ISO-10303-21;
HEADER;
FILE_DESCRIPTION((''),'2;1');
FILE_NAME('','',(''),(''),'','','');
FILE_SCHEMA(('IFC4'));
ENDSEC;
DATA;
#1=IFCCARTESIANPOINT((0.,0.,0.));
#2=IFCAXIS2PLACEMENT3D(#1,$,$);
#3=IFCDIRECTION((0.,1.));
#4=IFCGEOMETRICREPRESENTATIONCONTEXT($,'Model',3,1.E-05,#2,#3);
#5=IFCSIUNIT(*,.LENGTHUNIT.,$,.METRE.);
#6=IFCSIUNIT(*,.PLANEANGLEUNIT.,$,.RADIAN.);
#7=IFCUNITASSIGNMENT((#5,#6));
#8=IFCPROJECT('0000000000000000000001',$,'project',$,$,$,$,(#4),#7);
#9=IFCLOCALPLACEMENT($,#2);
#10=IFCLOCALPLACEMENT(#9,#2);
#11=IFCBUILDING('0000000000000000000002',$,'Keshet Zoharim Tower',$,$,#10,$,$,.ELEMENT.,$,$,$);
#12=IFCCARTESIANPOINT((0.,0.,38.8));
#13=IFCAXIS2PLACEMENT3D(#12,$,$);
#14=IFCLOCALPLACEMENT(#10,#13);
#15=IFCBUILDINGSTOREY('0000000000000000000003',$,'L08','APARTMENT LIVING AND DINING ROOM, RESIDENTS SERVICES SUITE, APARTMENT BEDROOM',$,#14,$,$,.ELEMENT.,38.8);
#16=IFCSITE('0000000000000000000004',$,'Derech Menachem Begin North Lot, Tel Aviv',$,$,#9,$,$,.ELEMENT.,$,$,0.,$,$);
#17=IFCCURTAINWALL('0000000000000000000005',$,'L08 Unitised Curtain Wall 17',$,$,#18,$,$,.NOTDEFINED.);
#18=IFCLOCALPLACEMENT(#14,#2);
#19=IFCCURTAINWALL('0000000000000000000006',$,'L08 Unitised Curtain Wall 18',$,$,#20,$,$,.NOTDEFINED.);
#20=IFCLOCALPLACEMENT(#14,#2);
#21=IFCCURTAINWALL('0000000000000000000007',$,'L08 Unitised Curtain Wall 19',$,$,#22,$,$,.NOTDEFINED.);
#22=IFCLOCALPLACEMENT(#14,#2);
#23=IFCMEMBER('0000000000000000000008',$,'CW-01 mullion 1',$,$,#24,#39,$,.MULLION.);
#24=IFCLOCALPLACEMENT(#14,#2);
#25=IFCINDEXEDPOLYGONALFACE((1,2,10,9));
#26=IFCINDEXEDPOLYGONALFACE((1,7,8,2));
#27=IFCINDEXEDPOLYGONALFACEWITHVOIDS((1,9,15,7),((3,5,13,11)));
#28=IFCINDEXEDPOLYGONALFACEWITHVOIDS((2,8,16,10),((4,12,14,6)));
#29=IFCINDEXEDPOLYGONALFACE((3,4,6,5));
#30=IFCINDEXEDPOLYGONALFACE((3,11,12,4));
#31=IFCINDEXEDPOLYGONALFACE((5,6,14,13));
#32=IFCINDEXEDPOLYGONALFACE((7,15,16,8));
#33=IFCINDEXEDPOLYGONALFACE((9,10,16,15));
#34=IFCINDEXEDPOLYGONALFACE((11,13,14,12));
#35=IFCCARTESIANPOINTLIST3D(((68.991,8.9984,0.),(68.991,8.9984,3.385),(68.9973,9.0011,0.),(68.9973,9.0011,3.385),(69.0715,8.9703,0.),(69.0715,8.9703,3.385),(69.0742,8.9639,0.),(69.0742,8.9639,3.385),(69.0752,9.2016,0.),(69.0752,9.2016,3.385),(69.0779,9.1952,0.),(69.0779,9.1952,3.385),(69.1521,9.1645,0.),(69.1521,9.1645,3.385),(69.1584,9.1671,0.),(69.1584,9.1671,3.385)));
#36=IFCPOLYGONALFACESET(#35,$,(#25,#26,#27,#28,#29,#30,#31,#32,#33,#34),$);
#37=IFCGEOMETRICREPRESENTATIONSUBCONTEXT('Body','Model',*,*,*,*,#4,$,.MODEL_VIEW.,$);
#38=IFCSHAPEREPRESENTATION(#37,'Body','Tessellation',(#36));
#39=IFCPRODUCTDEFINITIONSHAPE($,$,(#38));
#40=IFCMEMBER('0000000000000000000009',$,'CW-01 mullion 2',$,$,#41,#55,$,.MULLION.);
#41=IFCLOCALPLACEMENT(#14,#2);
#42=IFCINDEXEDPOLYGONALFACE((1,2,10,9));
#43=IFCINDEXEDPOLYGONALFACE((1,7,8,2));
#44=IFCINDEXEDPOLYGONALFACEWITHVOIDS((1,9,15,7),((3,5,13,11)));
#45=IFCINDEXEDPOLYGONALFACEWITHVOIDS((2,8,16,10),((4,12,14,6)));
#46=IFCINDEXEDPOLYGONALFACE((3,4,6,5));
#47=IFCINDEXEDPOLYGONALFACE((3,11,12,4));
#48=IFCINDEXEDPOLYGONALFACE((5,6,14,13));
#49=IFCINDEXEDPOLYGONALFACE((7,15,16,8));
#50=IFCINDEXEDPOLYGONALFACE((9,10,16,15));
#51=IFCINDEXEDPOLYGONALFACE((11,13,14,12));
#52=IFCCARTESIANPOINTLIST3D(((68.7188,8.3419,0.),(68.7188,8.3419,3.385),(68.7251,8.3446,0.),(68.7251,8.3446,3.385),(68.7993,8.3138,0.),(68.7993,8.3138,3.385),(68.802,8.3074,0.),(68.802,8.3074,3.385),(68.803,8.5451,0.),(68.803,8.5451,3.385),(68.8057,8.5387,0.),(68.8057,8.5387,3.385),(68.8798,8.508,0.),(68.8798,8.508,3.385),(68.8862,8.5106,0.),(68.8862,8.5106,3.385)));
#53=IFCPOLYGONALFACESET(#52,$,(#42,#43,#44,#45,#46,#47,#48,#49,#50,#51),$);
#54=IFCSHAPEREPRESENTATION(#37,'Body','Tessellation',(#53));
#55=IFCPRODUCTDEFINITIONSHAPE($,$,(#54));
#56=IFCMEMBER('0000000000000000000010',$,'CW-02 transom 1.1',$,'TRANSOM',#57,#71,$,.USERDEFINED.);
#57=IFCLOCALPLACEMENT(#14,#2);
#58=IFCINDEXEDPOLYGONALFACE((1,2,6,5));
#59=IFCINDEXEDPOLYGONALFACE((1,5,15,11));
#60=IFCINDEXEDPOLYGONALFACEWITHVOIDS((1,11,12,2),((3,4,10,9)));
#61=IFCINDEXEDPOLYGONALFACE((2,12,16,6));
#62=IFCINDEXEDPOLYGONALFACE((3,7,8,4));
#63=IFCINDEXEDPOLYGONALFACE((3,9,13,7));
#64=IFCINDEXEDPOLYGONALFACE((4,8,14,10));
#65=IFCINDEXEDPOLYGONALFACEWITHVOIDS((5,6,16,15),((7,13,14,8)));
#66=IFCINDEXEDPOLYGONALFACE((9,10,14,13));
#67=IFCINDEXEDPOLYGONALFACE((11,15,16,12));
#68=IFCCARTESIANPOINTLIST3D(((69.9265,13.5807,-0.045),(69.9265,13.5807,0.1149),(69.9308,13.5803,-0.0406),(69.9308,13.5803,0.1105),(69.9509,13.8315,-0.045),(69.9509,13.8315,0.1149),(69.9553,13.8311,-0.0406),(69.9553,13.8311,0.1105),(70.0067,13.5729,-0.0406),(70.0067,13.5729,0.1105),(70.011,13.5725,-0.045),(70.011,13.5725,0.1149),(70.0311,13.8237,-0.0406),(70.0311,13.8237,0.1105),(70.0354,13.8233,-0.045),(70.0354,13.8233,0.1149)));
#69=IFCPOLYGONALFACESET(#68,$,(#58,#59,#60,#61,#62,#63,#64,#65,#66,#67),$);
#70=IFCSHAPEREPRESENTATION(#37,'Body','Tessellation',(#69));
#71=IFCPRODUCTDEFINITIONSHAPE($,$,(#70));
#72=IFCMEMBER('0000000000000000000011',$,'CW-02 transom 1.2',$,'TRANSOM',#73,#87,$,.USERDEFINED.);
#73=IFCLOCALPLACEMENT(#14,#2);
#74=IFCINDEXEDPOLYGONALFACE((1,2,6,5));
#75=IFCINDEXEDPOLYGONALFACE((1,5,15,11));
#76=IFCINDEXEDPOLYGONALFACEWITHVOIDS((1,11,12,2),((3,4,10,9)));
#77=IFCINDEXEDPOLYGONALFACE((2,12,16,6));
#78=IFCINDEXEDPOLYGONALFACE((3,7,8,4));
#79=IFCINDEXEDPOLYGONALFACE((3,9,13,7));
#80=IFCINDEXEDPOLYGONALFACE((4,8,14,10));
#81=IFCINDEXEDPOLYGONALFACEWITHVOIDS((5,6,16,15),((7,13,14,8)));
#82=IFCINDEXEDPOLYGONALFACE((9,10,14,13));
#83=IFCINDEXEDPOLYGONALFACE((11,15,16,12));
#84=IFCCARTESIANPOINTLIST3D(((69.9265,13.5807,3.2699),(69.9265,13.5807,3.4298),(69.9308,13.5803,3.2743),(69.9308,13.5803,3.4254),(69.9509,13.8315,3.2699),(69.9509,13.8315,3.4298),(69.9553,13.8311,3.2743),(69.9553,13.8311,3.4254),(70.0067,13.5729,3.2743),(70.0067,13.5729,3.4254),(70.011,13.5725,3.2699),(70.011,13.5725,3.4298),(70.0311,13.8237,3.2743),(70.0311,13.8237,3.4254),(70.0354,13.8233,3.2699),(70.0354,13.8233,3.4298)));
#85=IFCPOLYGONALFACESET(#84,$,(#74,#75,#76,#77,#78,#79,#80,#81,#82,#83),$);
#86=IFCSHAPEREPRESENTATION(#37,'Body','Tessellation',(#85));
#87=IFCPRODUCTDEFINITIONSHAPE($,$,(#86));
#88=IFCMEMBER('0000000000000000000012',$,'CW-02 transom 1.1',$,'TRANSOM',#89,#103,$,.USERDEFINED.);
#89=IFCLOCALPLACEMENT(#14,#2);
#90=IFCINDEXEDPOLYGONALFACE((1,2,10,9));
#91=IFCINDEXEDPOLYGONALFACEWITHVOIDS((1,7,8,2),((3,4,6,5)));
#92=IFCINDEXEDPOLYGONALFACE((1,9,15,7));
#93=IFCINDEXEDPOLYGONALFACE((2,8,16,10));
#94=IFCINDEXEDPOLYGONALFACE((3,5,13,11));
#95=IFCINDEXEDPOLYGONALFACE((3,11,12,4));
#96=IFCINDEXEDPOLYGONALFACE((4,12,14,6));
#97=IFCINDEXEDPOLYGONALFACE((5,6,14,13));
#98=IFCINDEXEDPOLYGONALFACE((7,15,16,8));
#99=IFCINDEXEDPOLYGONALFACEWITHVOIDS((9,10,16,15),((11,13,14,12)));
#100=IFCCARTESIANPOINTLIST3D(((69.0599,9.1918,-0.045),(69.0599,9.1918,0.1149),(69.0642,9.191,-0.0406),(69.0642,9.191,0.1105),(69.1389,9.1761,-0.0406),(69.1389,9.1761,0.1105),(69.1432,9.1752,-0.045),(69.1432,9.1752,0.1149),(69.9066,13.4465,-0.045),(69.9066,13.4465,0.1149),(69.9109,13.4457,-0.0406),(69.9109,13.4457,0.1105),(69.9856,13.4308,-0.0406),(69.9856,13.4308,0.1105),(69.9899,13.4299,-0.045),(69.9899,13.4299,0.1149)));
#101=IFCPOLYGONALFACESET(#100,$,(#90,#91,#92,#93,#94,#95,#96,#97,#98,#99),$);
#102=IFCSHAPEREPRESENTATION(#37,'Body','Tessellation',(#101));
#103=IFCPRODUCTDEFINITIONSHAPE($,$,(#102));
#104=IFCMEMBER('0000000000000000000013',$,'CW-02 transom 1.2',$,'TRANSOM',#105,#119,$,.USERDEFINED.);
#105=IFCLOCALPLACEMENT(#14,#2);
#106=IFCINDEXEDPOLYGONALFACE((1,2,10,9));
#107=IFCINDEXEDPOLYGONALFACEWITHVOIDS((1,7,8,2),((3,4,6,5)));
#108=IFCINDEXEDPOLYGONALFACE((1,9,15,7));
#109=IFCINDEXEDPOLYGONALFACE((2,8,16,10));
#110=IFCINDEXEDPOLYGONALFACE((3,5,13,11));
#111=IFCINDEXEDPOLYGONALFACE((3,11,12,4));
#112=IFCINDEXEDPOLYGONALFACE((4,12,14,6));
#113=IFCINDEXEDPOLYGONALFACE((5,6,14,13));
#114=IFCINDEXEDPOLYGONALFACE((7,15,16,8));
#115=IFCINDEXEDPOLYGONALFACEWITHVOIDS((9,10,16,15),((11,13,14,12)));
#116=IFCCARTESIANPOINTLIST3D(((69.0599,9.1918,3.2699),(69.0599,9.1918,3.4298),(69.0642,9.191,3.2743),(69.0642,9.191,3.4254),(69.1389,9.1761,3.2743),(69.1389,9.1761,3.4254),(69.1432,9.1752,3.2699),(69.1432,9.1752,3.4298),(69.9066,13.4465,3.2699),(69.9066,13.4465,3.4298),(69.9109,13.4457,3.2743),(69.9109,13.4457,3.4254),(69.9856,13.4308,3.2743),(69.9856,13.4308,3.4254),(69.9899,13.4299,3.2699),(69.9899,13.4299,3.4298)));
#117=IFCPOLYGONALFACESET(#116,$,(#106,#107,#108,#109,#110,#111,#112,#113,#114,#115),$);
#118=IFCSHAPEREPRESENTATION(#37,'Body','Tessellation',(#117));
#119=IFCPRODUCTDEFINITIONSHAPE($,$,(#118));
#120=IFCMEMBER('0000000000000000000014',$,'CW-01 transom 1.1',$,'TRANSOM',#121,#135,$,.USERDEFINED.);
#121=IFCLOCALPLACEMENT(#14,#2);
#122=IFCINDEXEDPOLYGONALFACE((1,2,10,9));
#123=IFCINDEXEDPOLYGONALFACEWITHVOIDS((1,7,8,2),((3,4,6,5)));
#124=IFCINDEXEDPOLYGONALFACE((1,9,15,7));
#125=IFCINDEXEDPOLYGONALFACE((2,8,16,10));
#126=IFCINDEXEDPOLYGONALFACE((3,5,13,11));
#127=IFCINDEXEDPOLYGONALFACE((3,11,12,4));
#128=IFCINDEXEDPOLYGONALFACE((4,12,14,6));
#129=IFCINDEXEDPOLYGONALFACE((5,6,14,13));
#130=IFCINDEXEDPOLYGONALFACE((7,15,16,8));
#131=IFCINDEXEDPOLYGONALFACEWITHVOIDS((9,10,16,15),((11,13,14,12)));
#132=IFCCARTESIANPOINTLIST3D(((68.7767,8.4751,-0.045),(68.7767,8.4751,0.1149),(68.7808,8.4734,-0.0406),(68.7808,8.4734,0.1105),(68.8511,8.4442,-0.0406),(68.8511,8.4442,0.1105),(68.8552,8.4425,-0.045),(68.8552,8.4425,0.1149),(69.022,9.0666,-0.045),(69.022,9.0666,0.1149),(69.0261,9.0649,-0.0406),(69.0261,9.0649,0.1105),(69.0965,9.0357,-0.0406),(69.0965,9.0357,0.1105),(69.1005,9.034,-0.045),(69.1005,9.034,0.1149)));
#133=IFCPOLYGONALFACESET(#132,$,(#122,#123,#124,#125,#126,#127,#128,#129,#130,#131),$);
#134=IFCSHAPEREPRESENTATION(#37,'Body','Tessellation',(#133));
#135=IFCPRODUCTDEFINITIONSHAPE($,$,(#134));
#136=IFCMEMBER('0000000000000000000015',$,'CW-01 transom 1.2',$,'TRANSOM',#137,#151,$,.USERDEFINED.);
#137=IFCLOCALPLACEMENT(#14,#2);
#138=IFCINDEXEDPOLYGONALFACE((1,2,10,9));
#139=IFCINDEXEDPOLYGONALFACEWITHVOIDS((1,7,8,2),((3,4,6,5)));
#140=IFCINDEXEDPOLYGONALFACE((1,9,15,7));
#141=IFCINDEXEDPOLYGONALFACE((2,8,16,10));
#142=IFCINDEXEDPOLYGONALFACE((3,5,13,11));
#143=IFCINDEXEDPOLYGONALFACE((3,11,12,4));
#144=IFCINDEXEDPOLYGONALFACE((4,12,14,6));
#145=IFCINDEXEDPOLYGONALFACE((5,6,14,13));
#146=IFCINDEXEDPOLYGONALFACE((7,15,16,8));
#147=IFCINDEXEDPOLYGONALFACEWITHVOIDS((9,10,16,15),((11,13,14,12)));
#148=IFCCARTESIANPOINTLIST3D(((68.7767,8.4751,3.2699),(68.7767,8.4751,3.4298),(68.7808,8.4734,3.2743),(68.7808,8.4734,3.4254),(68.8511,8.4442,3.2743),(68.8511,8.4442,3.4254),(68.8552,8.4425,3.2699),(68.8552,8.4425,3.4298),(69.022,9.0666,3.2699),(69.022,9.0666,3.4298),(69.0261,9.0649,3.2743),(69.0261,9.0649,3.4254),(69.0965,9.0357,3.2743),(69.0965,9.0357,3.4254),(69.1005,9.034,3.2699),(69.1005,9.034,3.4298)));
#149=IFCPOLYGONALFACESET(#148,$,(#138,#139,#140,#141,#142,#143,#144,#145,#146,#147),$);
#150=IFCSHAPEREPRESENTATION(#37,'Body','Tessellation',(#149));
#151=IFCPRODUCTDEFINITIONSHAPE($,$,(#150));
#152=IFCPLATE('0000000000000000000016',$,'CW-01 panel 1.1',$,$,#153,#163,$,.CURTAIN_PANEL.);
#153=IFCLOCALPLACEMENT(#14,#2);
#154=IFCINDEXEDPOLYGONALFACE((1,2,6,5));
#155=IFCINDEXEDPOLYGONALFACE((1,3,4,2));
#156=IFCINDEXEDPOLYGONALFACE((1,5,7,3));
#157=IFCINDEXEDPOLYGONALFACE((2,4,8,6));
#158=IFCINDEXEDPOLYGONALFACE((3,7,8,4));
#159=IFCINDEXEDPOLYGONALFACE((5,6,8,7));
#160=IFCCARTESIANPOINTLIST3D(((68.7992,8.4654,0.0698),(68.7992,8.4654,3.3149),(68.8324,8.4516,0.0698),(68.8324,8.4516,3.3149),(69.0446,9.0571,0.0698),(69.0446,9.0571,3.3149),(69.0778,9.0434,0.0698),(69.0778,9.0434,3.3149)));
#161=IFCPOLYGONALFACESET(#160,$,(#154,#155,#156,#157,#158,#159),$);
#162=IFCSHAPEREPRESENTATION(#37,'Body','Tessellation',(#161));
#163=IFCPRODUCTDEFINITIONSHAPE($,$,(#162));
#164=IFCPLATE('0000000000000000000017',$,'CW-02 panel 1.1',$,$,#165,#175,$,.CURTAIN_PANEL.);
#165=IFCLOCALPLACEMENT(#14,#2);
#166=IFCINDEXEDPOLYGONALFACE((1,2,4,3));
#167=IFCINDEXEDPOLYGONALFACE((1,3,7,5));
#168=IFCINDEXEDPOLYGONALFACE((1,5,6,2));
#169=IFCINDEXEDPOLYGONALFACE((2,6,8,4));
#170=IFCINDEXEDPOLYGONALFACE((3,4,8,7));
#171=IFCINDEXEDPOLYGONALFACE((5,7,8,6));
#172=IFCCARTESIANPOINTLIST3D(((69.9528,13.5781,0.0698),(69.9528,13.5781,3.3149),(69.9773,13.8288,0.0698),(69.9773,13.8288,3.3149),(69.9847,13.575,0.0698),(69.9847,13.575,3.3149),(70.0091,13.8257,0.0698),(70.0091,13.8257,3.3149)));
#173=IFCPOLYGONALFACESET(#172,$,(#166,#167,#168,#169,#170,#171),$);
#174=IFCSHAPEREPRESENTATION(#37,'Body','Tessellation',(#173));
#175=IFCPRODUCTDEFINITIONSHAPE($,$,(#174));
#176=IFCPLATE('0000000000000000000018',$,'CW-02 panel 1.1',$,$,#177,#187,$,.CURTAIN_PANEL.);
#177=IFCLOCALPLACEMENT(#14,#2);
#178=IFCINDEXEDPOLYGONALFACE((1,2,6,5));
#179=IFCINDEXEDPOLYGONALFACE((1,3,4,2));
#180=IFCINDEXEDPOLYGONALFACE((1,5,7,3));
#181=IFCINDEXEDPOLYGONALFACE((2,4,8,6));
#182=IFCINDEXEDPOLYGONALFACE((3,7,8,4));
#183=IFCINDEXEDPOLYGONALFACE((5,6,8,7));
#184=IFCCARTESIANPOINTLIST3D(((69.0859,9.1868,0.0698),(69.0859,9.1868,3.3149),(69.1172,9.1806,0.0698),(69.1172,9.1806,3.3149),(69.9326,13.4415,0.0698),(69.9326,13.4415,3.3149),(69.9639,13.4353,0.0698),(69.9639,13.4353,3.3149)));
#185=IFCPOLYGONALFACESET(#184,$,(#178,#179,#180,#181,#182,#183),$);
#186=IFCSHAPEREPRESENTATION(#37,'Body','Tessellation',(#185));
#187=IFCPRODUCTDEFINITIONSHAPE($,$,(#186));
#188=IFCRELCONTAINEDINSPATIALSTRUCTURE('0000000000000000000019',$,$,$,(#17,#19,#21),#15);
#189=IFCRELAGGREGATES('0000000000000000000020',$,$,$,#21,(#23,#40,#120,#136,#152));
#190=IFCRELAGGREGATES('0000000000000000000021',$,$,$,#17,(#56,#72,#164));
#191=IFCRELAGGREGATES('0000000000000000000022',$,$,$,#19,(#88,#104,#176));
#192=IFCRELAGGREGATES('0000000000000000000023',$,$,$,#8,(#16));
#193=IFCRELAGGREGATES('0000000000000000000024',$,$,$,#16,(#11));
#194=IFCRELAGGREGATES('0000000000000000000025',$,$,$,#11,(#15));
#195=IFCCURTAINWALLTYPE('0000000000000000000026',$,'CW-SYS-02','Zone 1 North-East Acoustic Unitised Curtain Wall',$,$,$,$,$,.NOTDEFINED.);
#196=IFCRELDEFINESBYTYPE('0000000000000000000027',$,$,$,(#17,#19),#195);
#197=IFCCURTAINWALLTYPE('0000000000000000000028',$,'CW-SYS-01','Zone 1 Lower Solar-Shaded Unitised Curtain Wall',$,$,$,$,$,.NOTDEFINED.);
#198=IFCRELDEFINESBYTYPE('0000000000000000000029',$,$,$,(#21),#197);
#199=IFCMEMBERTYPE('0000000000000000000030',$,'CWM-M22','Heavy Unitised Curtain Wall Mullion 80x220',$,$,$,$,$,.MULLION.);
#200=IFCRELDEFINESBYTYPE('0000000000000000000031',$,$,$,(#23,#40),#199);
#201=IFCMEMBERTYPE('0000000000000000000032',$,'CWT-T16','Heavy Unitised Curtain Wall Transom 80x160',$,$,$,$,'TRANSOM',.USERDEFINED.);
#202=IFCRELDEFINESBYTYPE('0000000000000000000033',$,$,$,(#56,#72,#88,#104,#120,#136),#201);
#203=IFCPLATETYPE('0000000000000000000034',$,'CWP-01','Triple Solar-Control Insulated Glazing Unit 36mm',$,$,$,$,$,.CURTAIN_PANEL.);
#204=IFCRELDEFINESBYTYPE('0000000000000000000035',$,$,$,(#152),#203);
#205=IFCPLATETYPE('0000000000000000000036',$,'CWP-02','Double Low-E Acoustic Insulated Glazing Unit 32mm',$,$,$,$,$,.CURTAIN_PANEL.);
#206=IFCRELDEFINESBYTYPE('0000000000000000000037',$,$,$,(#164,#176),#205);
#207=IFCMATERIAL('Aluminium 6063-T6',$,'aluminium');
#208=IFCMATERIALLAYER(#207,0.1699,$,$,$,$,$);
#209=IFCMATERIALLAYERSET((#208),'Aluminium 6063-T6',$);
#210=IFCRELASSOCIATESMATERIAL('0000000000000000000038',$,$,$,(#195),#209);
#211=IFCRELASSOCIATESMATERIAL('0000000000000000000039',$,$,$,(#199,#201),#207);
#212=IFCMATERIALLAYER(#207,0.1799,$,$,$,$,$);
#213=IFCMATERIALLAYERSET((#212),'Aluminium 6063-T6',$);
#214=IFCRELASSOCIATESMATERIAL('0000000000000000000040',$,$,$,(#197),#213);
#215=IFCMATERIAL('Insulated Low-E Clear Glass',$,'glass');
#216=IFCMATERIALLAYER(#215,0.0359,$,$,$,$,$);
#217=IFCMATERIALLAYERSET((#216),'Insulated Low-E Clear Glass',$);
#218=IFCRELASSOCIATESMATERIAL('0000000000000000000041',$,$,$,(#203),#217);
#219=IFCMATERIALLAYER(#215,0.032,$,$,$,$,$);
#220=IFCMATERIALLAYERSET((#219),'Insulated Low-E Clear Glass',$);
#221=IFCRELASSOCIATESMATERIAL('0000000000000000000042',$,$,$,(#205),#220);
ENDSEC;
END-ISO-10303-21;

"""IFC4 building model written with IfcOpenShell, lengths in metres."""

from ifc_helpers import new_model, si_unit, direction, frame, origin, origin_2d, place, context, subcontext, project, spatial, rectangle, hollow_rectangle, extrude, material, layer, layer_set, material_profile, profile_set, type_object, element, aggregate, save


model = new_model("IFC4")

# Units and contexts
model_context = context("Model", 3, precision=1e-05, world=origin(), true_north=direction((0.0, 1.0)))
body_context = subcontext(model_context, "Body", "Model", "MODEL_VIEW")
ifc_project = project(units=[si_unit("LENGTHUNIT", "METRE"), si_unit("PLANEANGLEUNIT", "RADIAN")], contexts=[model_context])

# Site, building, storey
site_placement = place(None, origin())
site = spatial("IfcSite", under=ifc_project, at=site_placement, Name="Derech Menachem Begin North Lot, Tel Aviv", CompositionType="ELEMENT", RefElevation=0.0)
building_placement = place(site_placement, origin())
building = spatial("IfcBuilding", under=site, at=building_placement, Name="Keshet Zoharim Tower", CompositionType="ELEMENT")
storey_placement = place(building_placement, frame((0.0, 0.0, 38.8)))
storey = spatial("IfcBuildingStorey", under=building, at=storey_placement, Name="L08", Description="APARTMENT LIVING AND DINING ROOM, RESIDENTS SERVICES SUITE, APARTMENT BEDROOM", CompositionType="ELEMENT", Elevation=38.8)

# Shared definitions
ifc_material_1 = material(Name="Aluminium 6063-T6", Category="aluminium")
ifc_layer_1 = layer(ifc_material_1, 0.1699)
ifc_layer_set_1 = layer_set([ifc_layer_1], Name="Aluminium 6063-T6")
curtain_wall_type_1 = type_object("IfcCurtainWallType", Name="CW-SYS-02", Description="Zone 1 North-East Acoustic Unitised Curtain Wall", PredefinedType="NOTDEFINED", material=ifc_layer_set_1)
ifc_material_profile_1 = material_profile(ifc_material_1, hollow_rectangle(XDim=0.0901, YDim=0.22, WallThickness=0.0049, at=origin_2d()), Name="MUL-90x220")
ifc_profile_set_1 = profile_set([ifc_material_profile_1], Name="Aluminium 6063-T6")
member_type_1 = type_object("IfcMemberType", Name="CWM-M22", Description="Heavy Unitised Curtain Wall Mullion 80x220", PredefinedType="MULLION", material=ifc_profile_set_1)

# Curtain walls, members
curtain_wall_1_placement = place(storey_placement, origin())
curtain_wall_1 = element("IfcCurtainWall", 1, at=curtain_wall_1_placement, inside=storey, type_object=curtain_wall_type_1, Name="L08 Unitised Curtain Wall 17", PredefinedType="NOTDEFINED")
curtain_wall_2_placement = place(storey_placement, origin())
curtain_wall_2 = element("IfcCurtainWall", 2, at=curtain_wall_2_placement, inside=storey, type_object=curtain_wall_type_1, Name="L08 Unitised Curtain Wall 18", PredefinedType="NOTDEFINED")
ifc_layer_2 = layer(ifc_material_1, 0.1799)
ifc_layer_set_2 = layer_set([ifc_layer_2], Name="Aluminium 6063-T6")
curtain_wall_type_2 = type_object("IfcCurtainWallType", Name="CW-SYS-01", Description="Zone 1 Lower Solar-Shaded Unitised Curtain Wall", PredefinedType="NOTDEFINED", material=ifc_layer_set_2)
curtain_wall_3_placement = place(storey_placement, origin())
curtain_wall_3 = element("IfcCurtainWall", 3, at=curtain_wall_3_placement, inside=storey, type_object=curtain_wall_type_2, Name="L08 Unitised Curtain Wall 19", PredefinedType="NOTDEFINED")
member_1_placement = place(storey_placement, frame((69.0747, 9.0828, 0.0), z_axis=(0.0, 0.0, 1.0), x_axis=(0.92372, -0.383068, 0.0)))
member_1 = element("IfcMember", 4, at=member_1_placement, type_object=member_type_1, Name="CW-01 mullion 1", PredefinedType="MULLION", context=body_context, shape_type="SweptSolid", body=[
    extrude(hollow_rectangle(XDim=0.0901, YDim=0.22, WallThickness=0.0049, at=origin_2d()), origin(), (0.0, 0.0, 1.0), 3.385),
])
member_2_placement = place(storey_placement, frame((68.8025, 8.4263, 0.0), z_axis=(0.0, 0.0, 1.0), x_axis=(0.92372, -0.383068, 0.0)))
member_2 = element("IfcMember", 5, at=member_2_placement, type_object=member_type_1, Name="CW-01 mullion 2", PredefinedType="MULLION", context=body_context, shape_type="SweptSolid", body=[
    extrude(hollow_rectangle(XDim=0.0901, YDim=0.22, WallThickness=0.0049, at=origin_2d()), origin(), (0.0, 0.0, 1.0), 3.385),
])

# Members
ifc_material_profile_2 = material_profile(ifc_material_1, hollow_rectangle(XDim=0.085, YDim=0.1599, WallThickness=0.0044, at=origin_2d()), Name="TRN-85x160")
ifc_profile_set_2 = profile_set([ifc_material_profile_2], Name="Aluminium 6063-T6")
member_type_2 = type_object("IfcMemberType", Name="CWT-T16", Description="Heavy Unitised Curtain Wall Transom 80x160", ElementType="TRANSOM", PredefinedType="USERDEFINED", material=ifc_profile_set_2)
member_3_placement = place(storey_placement, frame((69.9932, 13.8274, 0.0349), z_axis=(-0.096913, -0.995293, 0.0), x_axis=(0.995293, -0.096913, 0.0)))
member_3 = element("IfcMember", 6, at=member_3_placement, type_object=member_type_2, Name="CW-02 transom 1.1", ObjectType="TRANSOM", PredefinedType="USERDEFINED", context=body_context, shape_type="SweptSolid", body=[
    extrude(hollow_rectangle(XDim=0.085, YDim=0.1599, WallThickness=0.0044, at=origin_2d()), origin(), (0.0, 0.0, 1.0), 0.252),
])
member_4_placement = place(storey_placement, frame((69.9932, 13.8274, 3.3499), z_axis=(-0.096913, -0.995293, 0.0), x_axis=(0.995293, -0.096913, 0.0)))
member_4 = element("IfcMember", 7, at=member_4_placement, type_object=member_type_2, Name="CW-02 transom 1.2", ObjectType="TRANSOM", PredefinedType="USERDEFINED", context=body_context, shape_type="SweptSolid", body=[
    extrude(hollow_rectangle(XDim=0.085, YDim=0.1599, WallThickness=0.0044, at=origin_2d()), origin(), (0.0, 0.0, 1.0), 0.252),
])
member_5_placement = place(storey_placement, frame((69.9482, 13.4382, 0.0349), z_axis=(-0.195174, -0.980769, 0.0), x_axis=(0.980769, -0.195174, 0.0)))
member_5 = element("IfcMember", 8, at=member_5_placement, type_object=member_type_2, Name="CW-02 transom 1.1", ObjectType="TRANSOM", PredefinedType="USERDEFINED", context=body_context, shape_type="SweptSolid", body=[
    extrude(hollow_rectangle(XDim=0.085, YDim=0.1599, WallThickness=0.0044, at=origin_2d()), origin(), (0.0, 0.0, 1.0), 4.3381),
])
member_6_placement = place(storey_placement, frame((69.9482, 13.4382, 3.3499), z_axis=(-0.195174, -0.980769, 0.0), x_axis=(0.980769, -0.195174, 0.0)))
member_6 = element("IfcMember", 9, at=member_6_placement, type_object=member_type_2, Name="CW-02 transom 1.2", ObjectType="TRANSOM", PredefinedType="USERDEFINED", context=body_context, shape_type="SweptSolid", body=[
    extrude(hollow_rectangle(XDim=0.085, YDim=0.1599, WallThickness=0.0044, at=origin_2d()), origin(), (0.0, 0.0, 1.0), 4.3381),
])
member_7_placement = place(storey_placement, frame((69.0613, 9.0503, 0.0349), z_axis=(-0.383126, -0.923696, 0.0), x_axis=(0.923696, -0.383126, 0.0)))
member_7 = element("IfcMember", 10, at=member_7_placement, type_object=member_type_2, Name="CW-01 transom 1.1", ObjectType="TRANSOM", PredefinedType="USERDEFINED", context=body_context, shape_type="SweptSolid", body=[
    extrude(hollow_rectangle(XDim=0.085, YDim=0.1599, WallThickness=0.0044, at=origin_2d()), origin(), (0.0, 0.0, 1.0), 0.6404),
])
member_8_placement = place(storey_placement, frame((69.0613, 9.0503, 3.3499), z_axis=(-0.383126, -0.923696, 0.0), x_axis=(0.923696, -0.383126, 0.0)))
member_8 = element("IfcMember", 11, at=member_8_placement, type_object=member_type_2, Name="CW-01 transom 1.2", ObjectType="TRANSOM", PredefinedType="USERDEFINED", context=body_context, shape_type="SweptSolid", body=[
    extrude(hollow_rectangle(XDim=0.085, YDim=0.1599, WallThickness=0.0044, at=origin_2d()), origin(), (0.0, 0.0, 1.0), 0.6404),
])

# Plates
ifc_material_2 = material(Name="Insulated Low-E Clear Glass", Category="glass")
ifc_layer_3 = layer(ifc_material_2, 0.0359)
ifc_layer_set_3 = layer_set([ifc_layer_3], Name="Insulated Low-E Clear Glass")
plate_type_1 = type_object("IfcPlateType", Name="CWP-01", Description="Triple Solar-Control Insulated Glazing Unit 36mm", PredefinedType="CURTAIN_PANEL", material=ifc_layer_set_3)
plate_1_placement = place(storey_placement, frame((68.9385, 8.7544, 0.0698), z_axis=(0.0, 0.0, 1.0), x_axis=(-0.383068, -0.92372, 0.0)))
plate_1 = element("IfcPlate", 12, at=plate_1_placement, type_object=plate_type_1, Name="CW-01 panel 1.1", PredefinedType="CURTAIN_PANEL", context=body_context, shape_type="SweptSolid", body=[
    extrude(rectangle(XDim=0.6406, YDim=0.0359, at=origin_2d()), origin(), (0.0, 0.0, 1.0), 3.2451),
])
aggregate(curtain_wall_3, [member_1, member_2, member_7, member_8, plate_1])
ifc_layer_4 = layer(ifc_material_2, 0.032)
ifc_layer_set_4 = layer_set([ifc_layer_4], Name="Insulated Low-E Clear Glass")
plate_type_2 = type_object("IfcPlateType", Name="CWP-02", Description="Double Low-E Acoustic Insulated Glazing Unit 32mm", PredefinedType="CURTAIN_PANEL", material=ifc_layer_set_4)
plate_2_placement = place(storey_placement, frame((69.981, 13.7019, 0.0698), z_axis=(0.0, 0.0, 1.0), x_axis=(-0.096977, -0.995287, 0.0)))
plate_2 = element("IfcPlate", 13, at=plate_2_placement, type_object=plate_type_2, Name="CW-02 panel 1.1", PredefinedType="CURTAIN_PANEL", context=body_context, shape_type="SweptSolid", body=[
    extrude(rectangle(XDim=0.252, YDim=0.032, at=origin_2d()), origin(), (0.0, 0.0, 1.0), 3.2451),
])
aggregate(curtain_wall_1, [member_3, member_4, plate_2])
plate_3_placement = place(storey_placement, frame((69.5249, 11.311, 0.0698), z_axis=(0.0, 0.0, 1.0), x_axis=(-0.195171, -0.980769, 0.0)))
plate_3 = element("IfcPlate", 14, at=plate_3_placement, type_object=plate_type_2, Name="CW-02 panel 1.1", PredefinedType="CURTAIN_PANEL", context=body_context, shape_type="SweptSolid", body=[
    extrude(rectangle(XDim=4.3381, YDim=0.032, at=origin_2d()), origin(), (0.0, 0.0, 1.0), 3.2451),
])
aggregate(curtain_wall_2, [member_5, member_6, plate_3])

save(model, "model.ifc")
